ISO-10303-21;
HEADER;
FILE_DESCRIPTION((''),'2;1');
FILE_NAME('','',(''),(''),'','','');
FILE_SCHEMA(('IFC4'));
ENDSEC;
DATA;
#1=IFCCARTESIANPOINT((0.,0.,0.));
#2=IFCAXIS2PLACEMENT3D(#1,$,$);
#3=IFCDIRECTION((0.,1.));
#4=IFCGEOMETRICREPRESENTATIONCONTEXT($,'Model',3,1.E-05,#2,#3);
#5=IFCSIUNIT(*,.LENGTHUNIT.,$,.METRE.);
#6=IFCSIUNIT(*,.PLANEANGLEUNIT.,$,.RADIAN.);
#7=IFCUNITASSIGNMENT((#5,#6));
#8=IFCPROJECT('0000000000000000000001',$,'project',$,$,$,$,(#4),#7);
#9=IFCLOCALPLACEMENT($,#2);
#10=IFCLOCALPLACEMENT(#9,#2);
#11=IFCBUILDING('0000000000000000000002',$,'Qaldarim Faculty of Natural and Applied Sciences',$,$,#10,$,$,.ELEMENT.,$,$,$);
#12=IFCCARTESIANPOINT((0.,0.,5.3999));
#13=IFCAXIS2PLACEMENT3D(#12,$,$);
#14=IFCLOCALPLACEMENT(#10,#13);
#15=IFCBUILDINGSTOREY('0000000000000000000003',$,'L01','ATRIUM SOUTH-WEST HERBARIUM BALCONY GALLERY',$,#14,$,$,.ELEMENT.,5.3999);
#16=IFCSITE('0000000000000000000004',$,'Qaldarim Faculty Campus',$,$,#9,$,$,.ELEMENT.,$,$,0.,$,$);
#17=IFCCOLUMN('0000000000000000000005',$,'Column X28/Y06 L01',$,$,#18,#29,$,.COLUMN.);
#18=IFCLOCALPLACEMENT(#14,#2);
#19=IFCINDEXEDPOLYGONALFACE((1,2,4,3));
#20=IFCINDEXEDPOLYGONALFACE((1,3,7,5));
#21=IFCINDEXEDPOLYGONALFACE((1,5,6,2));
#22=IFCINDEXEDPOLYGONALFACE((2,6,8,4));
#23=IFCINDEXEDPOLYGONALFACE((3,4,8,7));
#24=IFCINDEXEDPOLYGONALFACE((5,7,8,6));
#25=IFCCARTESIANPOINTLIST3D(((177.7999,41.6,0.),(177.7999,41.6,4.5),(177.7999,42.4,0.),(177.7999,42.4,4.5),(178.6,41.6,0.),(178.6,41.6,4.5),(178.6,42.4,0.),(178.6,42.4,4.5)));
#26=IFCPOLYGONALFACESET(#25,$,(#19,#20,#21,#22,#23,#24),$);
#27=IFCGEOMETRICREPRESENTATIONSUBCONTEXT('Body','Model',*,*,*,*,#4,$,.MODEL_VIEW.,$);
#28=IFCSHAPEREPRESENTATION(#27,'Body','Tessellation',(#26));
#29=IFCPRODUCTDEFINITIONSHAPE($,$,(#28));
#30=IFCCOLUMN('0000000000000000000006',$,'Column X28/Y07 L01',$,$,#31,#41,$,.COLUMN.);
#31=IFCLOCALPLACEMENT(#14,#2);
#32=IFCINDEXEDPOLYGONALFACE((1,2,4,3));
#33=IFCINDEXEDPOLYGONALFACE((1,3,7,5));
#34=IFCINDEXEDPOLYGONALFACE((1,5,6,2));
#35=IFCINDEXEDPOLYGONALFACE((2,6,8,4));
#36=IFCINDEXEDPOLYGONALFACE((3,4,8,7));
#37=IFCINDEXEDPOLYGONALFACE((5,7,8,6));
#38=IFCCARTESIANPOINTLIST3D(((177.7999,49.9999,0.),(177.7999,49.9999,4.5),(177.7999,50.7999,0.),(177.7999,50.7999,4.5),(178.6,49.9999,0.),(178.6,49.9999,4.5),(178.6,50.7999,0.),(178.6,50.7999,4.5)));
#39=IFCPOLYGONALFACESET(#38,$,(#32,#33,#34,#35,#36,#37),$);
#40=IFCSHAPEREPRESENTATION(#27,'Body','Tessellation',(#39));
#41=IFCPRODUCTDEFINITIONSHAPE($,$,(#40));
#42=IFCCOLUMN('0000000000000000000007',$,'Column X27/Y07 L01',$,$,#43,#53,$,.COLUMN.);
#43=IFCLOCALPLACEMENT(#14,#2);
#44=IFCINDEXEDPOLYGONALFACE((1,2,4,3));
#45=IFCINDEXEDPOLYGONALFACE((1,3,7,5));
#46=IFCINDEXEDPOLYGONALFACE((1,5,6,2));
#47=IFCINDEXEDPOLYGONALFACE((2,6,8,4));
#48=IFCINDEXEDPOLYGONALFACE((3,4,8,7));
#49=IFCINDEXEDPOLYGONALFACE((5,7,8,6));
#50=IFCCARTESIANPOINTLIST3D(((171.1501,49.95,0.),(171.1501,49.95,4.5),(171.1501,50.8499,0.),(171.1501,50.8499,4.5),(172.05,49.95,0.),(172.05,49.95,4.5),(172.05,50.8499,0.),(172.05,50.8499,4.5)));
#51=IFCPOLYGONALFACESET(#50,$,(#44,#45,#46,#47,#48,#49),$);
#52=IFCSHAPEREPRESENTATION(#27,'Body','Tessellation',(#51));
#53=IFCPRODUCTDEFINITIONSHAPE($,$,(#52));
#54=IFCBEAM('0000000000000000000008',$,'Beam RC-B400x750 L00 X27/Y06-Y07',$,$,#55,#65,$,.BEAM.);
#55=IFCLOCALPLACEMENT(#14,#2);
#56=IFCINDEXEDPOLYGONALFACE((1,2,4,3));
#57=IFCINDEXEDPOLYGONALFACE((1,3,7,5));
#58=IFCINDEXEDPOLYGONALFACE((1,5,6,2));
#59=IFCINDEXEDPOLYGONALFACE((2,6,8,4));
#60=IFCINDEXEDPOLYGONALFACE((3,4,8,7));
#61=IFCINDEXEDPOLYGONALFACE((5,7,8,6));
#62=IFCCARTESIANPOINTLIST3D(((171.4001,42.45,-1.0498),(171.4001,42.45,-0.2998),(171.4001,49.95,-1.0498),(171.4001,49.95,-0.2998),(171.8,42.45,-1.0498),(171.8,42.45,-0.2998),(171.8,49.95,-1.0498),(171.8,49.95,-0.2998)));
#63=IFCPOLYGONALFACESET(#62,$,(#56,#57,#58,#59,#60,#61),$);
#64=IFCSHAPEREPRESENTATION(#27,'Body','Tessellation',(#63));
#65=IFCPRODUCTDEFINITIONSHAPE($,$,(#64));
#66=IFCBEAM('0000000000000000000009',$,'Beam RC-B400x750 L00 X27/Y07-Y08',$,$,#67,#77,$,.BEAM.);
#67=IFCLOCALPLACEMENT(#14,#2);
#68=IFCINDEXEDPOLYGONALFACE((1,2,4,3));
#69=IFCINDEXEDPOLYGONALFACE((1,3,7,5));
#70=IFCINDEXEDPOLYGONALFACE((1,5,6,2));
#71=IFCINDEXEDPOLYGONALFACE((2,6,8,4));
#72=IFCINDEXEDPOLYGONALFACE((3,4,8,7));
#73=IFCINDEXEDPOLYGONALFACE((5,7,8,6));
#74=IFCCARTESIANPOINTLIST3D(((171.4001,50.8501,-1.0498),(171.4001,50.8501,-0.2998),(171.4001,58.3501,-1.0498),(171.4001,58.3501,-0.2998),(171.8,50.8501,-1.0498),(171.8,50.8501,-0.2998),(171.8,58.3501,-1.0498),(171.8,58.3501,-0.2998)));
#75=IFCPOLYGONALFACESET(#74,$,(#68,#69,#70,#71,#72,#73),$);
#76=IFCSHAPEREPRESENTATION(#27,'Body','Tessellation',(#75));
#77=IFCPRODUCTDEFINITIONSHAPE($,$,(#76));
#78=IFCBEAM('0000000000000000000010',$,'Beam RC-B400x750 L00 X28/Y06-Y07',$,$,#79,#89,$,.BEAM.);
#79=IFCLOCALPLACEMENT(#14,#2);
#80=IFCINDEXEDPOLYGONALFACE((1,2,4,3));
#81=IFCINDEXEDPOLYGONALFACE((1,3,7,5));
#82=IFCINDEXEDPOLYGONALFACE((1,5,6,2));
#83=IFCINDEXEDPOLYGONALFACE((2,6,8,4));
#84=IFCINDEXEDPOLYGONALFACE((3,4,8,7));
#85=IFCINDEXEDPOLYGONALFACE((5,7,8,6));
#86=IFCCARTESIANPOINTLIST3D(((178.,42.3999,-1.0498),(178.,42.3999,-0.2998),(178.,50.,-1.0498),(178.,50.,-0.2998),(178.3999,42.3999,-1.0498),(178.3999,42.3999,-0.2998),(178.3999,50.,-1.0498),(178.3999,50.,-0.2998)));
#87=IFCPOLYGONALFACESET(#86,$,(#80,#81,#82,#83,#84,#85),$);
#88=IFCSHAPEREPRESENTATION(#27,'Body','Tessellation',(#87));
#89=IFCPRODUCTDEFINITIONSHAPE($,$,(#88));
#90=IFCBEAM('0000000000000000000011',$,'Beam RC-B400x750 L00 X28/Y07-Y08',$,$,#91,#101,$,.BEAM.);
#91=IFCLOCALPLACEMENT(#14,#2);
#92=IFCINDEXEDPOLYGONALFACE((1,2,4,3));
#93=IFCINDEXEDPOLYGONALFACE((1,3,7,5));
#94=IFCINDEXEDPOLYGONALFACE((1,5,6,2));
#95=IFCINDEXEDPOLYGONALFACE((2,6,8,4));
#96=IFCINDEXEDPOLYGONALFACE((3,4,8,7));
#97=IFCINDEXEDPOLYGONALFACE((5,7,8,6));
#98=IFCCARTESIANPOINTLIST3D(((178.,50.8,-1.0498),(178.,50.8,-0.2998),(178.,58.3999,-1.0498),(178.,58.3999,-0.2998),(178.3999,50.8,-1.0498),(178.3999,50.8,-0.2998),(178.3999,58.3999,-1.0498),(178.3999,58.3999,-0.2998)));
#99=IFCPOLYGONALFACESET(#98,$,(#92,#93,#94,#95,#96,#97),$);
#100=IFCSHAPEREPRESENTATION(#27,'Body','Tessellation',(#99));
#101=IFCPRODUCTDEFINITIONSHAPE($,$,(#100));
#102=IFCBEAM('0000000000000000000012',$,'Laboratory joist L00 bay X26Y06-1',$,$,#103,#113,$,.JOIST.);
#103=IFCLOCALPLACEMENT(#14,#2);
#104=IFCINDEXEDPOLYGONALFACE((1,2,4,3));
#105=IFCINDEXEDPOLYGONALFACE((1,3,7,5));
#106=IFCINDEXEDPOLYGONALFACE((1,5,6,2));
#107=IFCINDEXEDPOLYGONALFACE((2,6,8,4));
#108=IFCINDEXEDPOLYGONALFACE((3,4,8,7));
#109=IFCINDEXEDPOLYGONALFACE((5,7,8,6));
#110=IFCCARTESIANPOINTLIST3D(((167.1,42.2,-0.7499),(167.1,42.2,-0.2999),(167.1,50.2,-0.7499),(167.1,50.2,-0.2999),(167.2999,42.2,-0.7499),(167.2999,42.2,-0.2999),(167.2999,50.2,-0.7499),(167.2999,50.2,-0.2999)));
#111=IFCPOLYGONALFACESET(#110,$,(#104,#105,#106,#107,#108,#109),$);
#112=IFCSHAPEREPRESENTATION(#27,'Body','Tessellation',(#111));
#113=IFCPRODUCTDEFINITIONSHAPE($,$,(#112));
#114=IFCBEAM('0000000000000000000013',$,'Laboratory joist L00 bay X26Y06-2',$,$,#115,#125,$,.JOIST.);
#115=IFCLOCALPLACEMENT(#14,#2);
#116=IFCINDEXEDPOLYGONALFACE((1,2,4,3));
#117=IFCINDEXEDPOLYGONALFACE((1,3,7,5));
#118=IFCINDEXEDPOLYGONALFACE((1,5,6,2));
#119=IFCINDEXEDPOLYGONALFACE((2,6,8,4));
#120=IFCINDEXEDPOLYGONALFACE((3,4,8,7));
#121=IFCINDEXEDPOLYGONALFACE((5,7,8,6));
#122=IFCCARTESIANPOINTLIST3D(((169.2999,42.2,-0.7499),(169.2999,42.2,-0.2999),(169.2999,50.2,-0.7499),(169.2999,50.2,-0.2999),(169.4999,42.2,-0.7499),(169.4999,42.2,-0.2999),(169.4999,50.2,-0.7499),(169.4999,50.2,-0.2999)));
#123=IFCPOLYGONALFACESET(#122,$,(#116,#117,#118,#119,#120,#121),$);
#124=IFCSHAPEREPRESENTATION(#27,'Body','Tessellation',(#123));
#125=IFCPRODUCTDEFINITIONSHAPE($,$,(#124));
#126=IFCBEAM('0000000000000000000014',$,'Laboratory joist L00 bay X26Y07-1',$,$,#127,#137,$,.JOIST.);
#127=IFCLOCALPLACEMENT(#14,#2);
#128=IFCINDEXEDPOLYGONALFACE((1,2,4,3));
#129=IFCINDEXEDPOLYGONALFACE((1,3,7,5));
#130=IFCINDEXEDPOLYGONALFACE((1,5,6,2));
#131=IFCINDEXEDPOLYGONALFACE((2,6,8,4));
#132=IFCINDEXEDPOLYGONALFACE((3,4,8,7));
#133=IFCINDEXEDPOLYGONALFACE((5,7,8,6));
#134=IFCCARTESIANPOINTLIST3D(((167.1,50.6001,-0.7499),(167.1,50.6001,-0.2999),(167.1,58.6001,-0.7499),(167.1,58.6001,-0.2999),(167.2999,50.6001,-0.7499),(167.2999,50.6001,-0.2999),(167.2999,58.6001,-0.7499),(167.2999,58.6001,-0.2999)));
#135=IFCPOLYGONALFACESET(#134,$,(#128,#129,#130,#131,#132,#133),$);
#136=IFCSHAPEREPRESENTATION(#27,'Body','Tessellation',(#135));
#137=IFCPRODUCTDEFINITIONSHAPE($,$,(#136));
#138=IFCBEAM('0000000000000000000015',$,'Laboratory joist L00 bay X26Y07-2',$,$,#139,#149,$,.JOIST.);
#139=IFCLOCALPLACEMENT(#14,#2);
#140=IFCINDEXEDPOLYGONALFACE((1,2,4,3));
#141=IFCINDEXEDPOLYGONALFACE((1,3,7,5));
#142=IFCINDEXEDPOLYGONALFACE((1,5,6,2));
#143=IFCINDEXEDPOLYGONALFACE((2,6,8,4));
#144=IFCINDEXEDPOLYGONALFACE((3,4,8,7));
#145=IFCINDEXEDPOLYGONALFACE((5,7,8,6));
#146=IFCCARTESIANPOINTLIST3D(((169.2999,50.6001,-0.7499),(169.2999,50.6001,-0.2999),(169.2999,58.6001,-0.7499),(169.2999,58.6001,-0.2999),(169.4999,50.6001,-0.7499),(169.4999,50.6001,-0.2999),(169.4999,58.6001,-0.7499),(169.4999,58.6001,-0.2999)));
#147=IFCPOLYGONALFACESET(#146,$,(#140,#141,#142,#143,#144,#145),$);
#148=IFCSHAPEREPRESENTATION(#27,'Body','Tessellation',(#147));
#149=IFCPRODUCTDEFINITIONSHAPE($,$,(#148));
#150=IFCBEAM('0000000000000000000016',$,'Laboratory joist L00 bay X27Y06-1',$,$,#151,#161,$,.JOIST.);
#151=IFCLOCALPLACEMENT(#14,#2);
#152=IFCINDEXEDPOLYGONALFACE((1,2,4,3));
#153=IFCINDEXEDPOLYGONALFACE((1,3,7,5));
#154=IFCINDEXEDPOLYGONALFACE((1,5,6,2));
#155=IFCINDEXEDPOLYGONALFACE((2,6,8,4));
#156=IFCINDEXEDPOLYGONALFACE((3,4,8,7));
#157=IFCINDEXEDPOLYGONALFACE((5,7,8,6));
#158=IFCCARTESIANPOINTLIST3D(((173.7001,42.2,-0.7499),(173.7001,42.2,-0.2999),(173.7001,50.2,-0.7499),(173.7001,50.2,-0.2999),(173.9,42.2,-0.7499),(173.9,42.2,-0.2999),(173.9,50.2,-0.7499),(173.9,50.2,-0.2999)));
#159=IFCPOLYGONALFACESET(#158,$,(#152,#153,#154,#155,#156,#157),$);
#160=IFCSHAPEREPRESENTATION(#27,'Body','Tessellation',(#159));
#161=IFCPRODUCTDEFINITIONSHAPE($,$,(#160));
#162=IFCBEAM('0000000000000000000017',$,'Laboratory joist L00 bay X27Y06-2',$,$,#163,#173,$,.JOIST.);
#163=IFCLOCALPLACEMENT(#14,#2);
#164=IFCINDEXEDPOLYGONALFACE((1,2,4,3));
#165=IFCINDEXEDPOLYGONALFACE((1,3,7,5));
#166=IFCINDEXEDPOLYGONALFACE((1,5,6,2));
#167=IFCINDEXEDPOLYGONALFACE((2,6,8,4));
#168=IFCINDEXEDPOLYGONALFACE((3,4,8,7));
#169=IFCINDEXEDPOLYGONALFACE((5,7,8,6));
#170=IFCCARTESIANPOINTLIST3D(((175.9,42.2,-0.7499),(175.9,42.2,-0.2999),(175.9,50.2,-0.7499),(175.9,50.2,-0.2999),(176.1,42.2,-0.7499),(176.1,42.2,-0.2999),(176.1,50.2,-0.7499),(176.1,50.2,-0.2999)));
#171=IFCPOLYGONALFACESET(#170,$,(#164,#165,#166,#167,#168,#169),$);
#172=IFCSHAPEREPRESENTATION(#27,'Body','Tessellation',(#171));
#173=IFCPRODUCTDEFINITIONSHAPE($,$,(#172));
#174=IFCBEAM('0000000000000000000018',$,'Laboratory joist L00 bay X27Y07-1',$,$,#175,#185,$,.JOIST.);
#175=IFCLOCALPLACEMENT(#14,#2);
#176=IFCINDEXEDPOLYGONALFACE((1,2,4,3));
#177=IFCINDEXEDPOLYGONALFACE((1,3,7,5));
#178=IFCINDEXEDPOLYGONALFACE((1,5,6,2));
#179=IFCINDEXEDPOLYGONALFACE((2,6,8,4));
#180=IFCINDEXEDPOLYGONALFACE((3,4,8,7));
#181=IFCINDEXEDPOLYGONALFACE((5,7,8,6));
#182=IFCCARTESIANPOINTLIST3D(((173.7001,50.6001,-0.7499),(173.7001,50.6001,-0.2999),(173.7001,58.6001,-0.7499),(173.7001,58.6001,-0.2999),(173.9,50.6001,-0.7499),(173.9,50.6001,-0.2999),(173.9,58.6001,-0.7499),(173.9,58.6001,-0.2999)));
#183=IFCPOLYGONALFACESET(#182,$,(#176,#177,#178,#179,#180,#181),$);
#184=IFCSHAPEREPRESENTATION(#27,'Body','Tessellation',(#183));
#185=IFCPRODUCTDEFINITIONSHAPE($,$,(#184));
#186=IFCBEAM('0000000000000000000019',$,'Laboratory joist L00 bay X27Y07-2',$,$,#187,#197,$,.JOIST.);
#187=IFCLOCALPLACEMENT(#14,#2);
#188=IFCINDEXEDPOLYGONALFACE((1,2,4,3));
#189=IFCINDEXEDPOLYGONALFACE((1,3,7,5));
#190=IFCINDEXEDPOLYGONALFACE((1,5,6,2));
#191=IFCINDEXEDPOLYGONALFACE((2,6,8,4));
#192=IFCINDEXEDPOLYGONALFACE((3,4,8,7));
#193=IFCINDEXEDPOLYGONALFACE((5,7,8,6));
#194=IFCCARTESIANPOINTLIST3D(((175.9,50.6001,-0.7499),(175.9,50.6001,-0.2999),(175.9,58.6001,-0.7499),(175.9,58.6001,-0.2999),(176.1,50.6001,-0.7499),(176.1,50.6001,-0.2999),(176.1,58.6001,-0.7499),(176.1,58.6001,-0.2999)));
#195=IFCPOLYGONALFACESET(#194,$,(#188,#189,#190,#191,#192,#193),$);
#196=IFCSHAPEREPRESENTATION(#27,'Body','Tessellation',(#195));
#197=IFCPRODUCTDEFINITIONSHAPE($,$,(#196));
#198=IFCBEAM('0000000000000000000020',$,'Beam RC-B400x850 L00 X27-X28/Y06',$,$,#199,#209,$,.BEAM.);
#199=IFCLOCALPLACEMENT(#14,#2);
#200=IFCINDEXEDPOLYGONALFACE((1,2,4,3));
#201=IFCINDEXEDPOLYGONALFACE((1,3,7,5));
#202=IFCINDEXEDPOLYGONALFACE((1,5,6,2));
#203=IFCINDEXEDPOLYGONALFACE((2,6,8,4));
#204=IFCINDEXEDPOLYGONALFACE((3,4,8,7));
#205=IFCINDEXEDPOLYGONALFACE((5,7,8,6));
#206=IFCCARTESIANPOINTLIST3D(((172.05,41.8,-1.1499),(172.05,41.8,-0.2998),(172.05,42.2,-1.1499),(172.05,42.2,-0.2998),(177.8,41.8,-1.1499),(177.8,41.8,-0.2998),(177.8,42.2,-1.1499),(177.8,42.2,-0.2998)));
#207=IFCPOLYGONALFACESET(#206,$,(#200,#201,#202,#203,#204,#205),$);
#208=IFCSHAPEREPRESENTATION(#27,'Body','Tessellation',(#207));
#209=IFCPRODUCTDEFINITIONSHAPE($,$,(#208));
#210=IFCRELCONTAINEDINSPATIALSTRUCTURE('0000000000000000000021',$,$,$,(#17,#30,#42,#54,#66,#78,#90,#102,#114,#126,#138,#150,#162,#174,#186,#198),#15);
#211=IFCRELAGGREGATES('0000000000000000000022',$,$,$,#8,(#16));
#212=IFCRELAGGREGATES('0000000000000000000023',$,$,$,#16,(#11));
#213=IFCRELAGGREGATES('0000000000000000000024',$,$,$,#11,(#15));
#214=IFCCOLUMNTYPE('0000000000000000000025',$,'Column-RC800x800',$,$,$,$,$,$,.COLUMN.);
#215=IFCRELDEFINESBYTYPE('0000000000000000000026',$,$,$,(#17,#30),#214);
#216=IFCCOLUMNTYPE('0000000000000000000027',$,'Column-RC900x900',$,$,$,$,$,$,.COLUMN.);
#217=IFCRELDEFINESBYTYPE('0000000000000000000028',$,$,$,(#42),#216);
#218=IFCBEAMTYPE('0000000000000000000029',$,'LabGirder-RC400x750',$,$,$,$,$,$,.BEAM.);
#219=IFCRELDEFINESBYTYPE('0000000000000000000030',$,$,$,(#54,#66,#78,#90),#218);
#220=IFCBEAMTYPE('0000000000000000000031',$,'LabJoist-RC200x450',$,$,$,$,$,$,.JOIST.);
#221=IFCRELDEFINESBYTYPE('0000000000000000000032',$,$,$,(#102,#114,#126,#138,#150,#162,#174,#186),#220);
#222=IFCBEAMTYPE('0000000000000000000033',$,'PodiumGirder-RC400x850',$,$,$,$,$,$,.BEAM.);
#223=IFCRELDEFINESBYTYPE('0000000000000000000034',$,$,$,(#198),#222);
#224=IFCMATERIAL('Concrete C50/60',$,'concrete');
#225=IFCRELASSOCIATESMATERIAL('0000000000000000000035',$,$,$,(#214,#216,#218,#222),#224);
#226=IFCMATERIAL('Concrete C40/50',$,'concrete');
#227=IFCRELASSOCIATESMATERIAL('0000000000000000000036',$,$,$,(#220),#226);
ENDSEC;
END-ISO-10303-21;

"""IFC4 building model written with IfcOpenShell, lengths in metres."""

from ifc_helpers import new_model, si_unit, direction, frame, origin, origin_2d, place, context, subcontext, project, spatial, rectangle, extrude, material, material_profile, profile_set, type_object, element, save


model = new_model("IFC4")

# Units and contexts
model_context = context("Model", 3, precision=1e-05, world=origin(), true_north=direction((0.0, 1.0)))
body_context = subcontext(model_context, "Body", "Model", "MODEL_VIEW")
ifc_project = project(units=[si_unit("LENGTHUNIT", "METRE"), si_unit("PLANEANGLEUNIT", "RADIAN")], contexts=[model_context])

# Site, building, storey
site_placement = place(None, origin())
site = spatial("IfcSite", under=ifc_project, at=site_placement, Name="Qaldarim Faculty Campus", CompositionType="ELEMENT", RefElevation=0.0)
building_placement = place(site_placement, origin())
building = spatial("IfcBuilding", under=site, at=building_placement, Name="Qaldarim Faculty of Natural and Applied Sciences", CompositionType="ELEMENT")
storey_placement = place(building_placement, frame((0.0, 0.0, 5.3999)))
storey = spatial("IfcBuildingStorey", under=building, at=storey_placement, Name="L01", Description="ATRIUM SOUTH-WEST HERBARIUM BALCONY GALLERY", CompositionType="ELEMENT", Elevation=5.3999)

# Columns
ifc_material_1 = material(Name="Concrete C50/60", Category="concrete")
ifc_material_profile_1 = material_profile(ifc_material_1, rectangle(XDim=0.8, YDim=0.8, at=origin_2d()), Name="RC-C800x800")
ifc_profile_set_1 = profile_set([ifc_material_profile_1], Name="Concrete C50/60")
column_type_1 = type_object("IfcColumnType", Name="Column-RC800x800", PredefinedType="COLUMN", material=ifc_profile_set_1)
for number, where, z_axis, x_axis, name in (
    (1, (178.2, 42.0, 0.0), (0.0, 0.0, 1.0), (1.0, 0.0, 0.0), "Column X28/Y06 L01"),
    (2, (178.2, 50.3999, 0.0), (0.0, 0.0, 1.0), (1.0, 0.0, 0.0), "Column X28/Y07 L01"),
):
    element("IfcColumn", number, at=place(storey_placement, frame(where, z_axis=z_axis, x_axis=x_axis)), inside=storey, type_object=column_type_1, Name=name, PredefinedType="COLUMN", context=body_context, shape_type="SweptSolid", body=[
        extrude(rectangle(XDim=0.8, YDim=0.8, at=origin_2d()), origin(), (0.0, 0.0, 1.0), 4.5),
    ])
ifc_material_profile_2 = material_profile(ifc_material_1, rectangle(XDim=0.8999, YDim=0.8999, at=origin_2d()), Name="RC-C900x900")
ifc_profile_set_2 = profile_set([ifc_material_profile_2], Name="Concrete C50/60")
column_type_2 = type_object("IfcColumnType", Name="Column-RC900x900", PredefinedType="COLUMN", material=ifc_profile_set_2)
column_placement = place(storey_placement, frame((171.6001, 50.3999, 0.0), z_axis=(0.0, 0.0, 1.0), x_axis=(1.0, 0.0, 0.0)))
element("IfcColumn", 3, at=column_placement, inside=storey, type_object=column_type_2, Name="Column X27/Y07 L01", PredefinedType="COLUMN", context=body_context, shape_type="SweptSolid", body=[
    extrude(rectangle(XDim=0.8999, YDim=0.8999, at=origin_2d()), origin(), (0.0, 0.0, 1.0), 4.5),
])

# Beams
ifc_material_profile_3 = material_profile(ifc_material_1, rectangle(XDim=0.3999, YDim=0.75, at=origin_2d()), Name="RC-B400x750")
ifc_profile_set_3 = profile_set([ifc_material_profile_3], Name="Concrete C50/60")
beam_type_1 = type_object("IfcBeamType", Name="LabGirder-RC400x750", PredefinedType="BEAM", material=ifc_profile_set_3)
for number, where, z_axis, x_axis, name in (
    (4, (171.6001, 42.45, -0.6748), (0.0, 1.0, 0.0), (-1.0, 0.0, 0.0), "Beam RC-B400x750 L00 X27/Y06-Y07"),
    (5, (171.6001, 50.8501, -0.6748), (0.0, 1.0, 0.0), (-1.0, 0.0, 0.0), "Beam RC-B400x750 L00 X27/Y07-Y08"),
):
    element("IfcBeam", number, at=place(storey_placement, frame(where, z_axis=z_axis, x_axis=x_axis)), inside=storey, type_object=beam_type_1, Name=name, PredefinedType="BEAM", context=body_context, shape_type="SweptSolid", body=[
        extrude(rectangle(XDim=0.3999, YDim=0.75, at=origin_2d()), origin(), (0.0, 0.0, 1.0), 7.5),
    ])
beam_1_placement = place(storey_placement, frame((178.2, 42.3999, -0.6748), z_axis=(0.0, 1.0, 0.0), x_axis=(-1.0, 0.0, 0.0)))
element("IfcBeam", 6, at=beam_1_placement, inside=storey, type_object=beam_type_1, Name="Beam RC-B400x750 L00 X28/Y06-Y07", PredefinedType="BEAM", context=body_context, shape_type="SweptSolid", body=[
    extrude(rectangle(XDim=0.3999, YDim=0.75, at=origin_2d()), origin(), (0.0, 0.0, 1.0), 7.6001),
])
beam_2_placement = place(storey_placement, frame((178.2, 50.8, -0.6748), z_axis=(0.0, 1.0, 0.0), x_axis=(-1.0, 0.0, 0.0)))
element("IfcBeam", 7, at=beam_2_placement, inside=storey, type_object=beam_type_1, Name="Beam RC-B400x750 L00 X28/Y07-Y08", PredefinedType="BEAM", context=body_context, shape_type="SweptSolid", body=[
    extrude(rectangle(XDim=0.3999, YDim=0.75, at=origin_2d()), origin(), (0.0, 0.0, 1.0), 7.5999),
])
ifc_material_2 = material(Name="Concrete C40/50", Category="concrete")
ifc_material_profile_4 = material_profile(ifc_material_2, rectangle(XDim=0.2, YDim=0.45, at=origin_2d()), Name="RC-J200x450")
ifc_profile_set_4 = profile_set([ifc_material_profile_4], Name="Concrete C40/50")
beam_type_2 = type_object("IfcBeamType", Name="LabJoist-RC200x450", PredefinedType="JOIST", material=ifc_profile_set_4)
for number, where, z_axis, x_axis, name in (
    (8, (167.2, 42.2, -0.5249), (0.0, 1.0, 0.0), (-1.0, 0.0, 0.0), "Laboratory joist L00 bay X26Y06-1"),
    (9, (169.3999, 42.2, -0.5249), (0.0, 1.0, 0.0), (-1.0, 0.0, 0.0), "Laboratory joist L00 bay X26Y06-2"),
    (10, (167.2, 50.6001, -0.5249), (0.0, 1.0, 0.0), (-1.0, 0.0, 0.0), "Laboratory joist L00 bay X26Y07-1"),
    (11, (169.3999, 50.6001, -0.5249), (0.0, 1.0, 0.0), (-1.0, 0.0, 0.0), "Laboratory joist L00 bay X26Y07-2"),
    (12, (173.8, 42.2, -0.5249), (0.0, 1.0, 0.0), (-1.0, 0.0, 0.0), "Laboratory joist L00 bay X27Y06-1"),
    (13, (176.0, 42.2, -0.5249), (0.0, 1.0, 0.0), (-1.0, 0.0, 0.0), "Laboratory joist L00 bay X27Y06-2"),
    (14, (173.8, 50.6001, -0.5249), (0.0, 1.0, 0.0), (-1.0, 0.0, 0.0), "Laboratory joist L00 bay X27Y07-1"),
    (15, (176.0, 50.6001, -0.5249), (0.0, 1.0, 0.0), (-1.0, 0.0, 0.0), "Laboratory joist L00 bay X27Y07-2"),
):
    element("IfcBeam", number, at=place(storey_placement, frame(where, z_axis=z_axis, x_axis=x_axis)), inside=storey, type_object=beam_type_2, Name=name, PredefinedType="JOIST", context=body_context, shape_type="SweptSolid", body=[
        extrude(rectangle(XDim=0.2, YDim=0.45, at=origin_2d()), origin(), (0.0, 0.0, 1.0), 8.0),
    ])
ifc_material_profile_5 = material_profile(ifc_material_1, rectangle(XDim=0.3999, YDim=0.8501, at=origin_2d()), Name="RC-B400x850")
ifc_profile_set_5 = profile_set([ifc_material_profile_5], Name="Concrete C50/60")
beam_type_3 = type_object("IfcBeamType", Name="PodiumGirder-RC400x850", PredefinedType="BEAM", material=ifc_profile_set_5)
for number, where, z_axis, x_axis, name in (
    (16, (172.05, 42.0, -0.7249), (1.0, 0.0, 0.0), (0.0, 1.0, 0.0), "Beam RC-B400x850 L00 X27-X28/Y06"),
):
    element("IfcBeam", number, at=place(storey_placement, frame(where, z_axis=z_axis, x_axis=x_axis)), inside=storey, type_object=beam_type_3, Name=name, PredefinedType="BEAM", context=body_context, shape_type="SweptSolid", body=[
        extrude(rectangle(XDim=0.3999, YDim=0.8501, at=origin_2d()), origin(), (0.0, 0.0, 1.0), 5.75),
    ])

save(model, "model.ifc")
